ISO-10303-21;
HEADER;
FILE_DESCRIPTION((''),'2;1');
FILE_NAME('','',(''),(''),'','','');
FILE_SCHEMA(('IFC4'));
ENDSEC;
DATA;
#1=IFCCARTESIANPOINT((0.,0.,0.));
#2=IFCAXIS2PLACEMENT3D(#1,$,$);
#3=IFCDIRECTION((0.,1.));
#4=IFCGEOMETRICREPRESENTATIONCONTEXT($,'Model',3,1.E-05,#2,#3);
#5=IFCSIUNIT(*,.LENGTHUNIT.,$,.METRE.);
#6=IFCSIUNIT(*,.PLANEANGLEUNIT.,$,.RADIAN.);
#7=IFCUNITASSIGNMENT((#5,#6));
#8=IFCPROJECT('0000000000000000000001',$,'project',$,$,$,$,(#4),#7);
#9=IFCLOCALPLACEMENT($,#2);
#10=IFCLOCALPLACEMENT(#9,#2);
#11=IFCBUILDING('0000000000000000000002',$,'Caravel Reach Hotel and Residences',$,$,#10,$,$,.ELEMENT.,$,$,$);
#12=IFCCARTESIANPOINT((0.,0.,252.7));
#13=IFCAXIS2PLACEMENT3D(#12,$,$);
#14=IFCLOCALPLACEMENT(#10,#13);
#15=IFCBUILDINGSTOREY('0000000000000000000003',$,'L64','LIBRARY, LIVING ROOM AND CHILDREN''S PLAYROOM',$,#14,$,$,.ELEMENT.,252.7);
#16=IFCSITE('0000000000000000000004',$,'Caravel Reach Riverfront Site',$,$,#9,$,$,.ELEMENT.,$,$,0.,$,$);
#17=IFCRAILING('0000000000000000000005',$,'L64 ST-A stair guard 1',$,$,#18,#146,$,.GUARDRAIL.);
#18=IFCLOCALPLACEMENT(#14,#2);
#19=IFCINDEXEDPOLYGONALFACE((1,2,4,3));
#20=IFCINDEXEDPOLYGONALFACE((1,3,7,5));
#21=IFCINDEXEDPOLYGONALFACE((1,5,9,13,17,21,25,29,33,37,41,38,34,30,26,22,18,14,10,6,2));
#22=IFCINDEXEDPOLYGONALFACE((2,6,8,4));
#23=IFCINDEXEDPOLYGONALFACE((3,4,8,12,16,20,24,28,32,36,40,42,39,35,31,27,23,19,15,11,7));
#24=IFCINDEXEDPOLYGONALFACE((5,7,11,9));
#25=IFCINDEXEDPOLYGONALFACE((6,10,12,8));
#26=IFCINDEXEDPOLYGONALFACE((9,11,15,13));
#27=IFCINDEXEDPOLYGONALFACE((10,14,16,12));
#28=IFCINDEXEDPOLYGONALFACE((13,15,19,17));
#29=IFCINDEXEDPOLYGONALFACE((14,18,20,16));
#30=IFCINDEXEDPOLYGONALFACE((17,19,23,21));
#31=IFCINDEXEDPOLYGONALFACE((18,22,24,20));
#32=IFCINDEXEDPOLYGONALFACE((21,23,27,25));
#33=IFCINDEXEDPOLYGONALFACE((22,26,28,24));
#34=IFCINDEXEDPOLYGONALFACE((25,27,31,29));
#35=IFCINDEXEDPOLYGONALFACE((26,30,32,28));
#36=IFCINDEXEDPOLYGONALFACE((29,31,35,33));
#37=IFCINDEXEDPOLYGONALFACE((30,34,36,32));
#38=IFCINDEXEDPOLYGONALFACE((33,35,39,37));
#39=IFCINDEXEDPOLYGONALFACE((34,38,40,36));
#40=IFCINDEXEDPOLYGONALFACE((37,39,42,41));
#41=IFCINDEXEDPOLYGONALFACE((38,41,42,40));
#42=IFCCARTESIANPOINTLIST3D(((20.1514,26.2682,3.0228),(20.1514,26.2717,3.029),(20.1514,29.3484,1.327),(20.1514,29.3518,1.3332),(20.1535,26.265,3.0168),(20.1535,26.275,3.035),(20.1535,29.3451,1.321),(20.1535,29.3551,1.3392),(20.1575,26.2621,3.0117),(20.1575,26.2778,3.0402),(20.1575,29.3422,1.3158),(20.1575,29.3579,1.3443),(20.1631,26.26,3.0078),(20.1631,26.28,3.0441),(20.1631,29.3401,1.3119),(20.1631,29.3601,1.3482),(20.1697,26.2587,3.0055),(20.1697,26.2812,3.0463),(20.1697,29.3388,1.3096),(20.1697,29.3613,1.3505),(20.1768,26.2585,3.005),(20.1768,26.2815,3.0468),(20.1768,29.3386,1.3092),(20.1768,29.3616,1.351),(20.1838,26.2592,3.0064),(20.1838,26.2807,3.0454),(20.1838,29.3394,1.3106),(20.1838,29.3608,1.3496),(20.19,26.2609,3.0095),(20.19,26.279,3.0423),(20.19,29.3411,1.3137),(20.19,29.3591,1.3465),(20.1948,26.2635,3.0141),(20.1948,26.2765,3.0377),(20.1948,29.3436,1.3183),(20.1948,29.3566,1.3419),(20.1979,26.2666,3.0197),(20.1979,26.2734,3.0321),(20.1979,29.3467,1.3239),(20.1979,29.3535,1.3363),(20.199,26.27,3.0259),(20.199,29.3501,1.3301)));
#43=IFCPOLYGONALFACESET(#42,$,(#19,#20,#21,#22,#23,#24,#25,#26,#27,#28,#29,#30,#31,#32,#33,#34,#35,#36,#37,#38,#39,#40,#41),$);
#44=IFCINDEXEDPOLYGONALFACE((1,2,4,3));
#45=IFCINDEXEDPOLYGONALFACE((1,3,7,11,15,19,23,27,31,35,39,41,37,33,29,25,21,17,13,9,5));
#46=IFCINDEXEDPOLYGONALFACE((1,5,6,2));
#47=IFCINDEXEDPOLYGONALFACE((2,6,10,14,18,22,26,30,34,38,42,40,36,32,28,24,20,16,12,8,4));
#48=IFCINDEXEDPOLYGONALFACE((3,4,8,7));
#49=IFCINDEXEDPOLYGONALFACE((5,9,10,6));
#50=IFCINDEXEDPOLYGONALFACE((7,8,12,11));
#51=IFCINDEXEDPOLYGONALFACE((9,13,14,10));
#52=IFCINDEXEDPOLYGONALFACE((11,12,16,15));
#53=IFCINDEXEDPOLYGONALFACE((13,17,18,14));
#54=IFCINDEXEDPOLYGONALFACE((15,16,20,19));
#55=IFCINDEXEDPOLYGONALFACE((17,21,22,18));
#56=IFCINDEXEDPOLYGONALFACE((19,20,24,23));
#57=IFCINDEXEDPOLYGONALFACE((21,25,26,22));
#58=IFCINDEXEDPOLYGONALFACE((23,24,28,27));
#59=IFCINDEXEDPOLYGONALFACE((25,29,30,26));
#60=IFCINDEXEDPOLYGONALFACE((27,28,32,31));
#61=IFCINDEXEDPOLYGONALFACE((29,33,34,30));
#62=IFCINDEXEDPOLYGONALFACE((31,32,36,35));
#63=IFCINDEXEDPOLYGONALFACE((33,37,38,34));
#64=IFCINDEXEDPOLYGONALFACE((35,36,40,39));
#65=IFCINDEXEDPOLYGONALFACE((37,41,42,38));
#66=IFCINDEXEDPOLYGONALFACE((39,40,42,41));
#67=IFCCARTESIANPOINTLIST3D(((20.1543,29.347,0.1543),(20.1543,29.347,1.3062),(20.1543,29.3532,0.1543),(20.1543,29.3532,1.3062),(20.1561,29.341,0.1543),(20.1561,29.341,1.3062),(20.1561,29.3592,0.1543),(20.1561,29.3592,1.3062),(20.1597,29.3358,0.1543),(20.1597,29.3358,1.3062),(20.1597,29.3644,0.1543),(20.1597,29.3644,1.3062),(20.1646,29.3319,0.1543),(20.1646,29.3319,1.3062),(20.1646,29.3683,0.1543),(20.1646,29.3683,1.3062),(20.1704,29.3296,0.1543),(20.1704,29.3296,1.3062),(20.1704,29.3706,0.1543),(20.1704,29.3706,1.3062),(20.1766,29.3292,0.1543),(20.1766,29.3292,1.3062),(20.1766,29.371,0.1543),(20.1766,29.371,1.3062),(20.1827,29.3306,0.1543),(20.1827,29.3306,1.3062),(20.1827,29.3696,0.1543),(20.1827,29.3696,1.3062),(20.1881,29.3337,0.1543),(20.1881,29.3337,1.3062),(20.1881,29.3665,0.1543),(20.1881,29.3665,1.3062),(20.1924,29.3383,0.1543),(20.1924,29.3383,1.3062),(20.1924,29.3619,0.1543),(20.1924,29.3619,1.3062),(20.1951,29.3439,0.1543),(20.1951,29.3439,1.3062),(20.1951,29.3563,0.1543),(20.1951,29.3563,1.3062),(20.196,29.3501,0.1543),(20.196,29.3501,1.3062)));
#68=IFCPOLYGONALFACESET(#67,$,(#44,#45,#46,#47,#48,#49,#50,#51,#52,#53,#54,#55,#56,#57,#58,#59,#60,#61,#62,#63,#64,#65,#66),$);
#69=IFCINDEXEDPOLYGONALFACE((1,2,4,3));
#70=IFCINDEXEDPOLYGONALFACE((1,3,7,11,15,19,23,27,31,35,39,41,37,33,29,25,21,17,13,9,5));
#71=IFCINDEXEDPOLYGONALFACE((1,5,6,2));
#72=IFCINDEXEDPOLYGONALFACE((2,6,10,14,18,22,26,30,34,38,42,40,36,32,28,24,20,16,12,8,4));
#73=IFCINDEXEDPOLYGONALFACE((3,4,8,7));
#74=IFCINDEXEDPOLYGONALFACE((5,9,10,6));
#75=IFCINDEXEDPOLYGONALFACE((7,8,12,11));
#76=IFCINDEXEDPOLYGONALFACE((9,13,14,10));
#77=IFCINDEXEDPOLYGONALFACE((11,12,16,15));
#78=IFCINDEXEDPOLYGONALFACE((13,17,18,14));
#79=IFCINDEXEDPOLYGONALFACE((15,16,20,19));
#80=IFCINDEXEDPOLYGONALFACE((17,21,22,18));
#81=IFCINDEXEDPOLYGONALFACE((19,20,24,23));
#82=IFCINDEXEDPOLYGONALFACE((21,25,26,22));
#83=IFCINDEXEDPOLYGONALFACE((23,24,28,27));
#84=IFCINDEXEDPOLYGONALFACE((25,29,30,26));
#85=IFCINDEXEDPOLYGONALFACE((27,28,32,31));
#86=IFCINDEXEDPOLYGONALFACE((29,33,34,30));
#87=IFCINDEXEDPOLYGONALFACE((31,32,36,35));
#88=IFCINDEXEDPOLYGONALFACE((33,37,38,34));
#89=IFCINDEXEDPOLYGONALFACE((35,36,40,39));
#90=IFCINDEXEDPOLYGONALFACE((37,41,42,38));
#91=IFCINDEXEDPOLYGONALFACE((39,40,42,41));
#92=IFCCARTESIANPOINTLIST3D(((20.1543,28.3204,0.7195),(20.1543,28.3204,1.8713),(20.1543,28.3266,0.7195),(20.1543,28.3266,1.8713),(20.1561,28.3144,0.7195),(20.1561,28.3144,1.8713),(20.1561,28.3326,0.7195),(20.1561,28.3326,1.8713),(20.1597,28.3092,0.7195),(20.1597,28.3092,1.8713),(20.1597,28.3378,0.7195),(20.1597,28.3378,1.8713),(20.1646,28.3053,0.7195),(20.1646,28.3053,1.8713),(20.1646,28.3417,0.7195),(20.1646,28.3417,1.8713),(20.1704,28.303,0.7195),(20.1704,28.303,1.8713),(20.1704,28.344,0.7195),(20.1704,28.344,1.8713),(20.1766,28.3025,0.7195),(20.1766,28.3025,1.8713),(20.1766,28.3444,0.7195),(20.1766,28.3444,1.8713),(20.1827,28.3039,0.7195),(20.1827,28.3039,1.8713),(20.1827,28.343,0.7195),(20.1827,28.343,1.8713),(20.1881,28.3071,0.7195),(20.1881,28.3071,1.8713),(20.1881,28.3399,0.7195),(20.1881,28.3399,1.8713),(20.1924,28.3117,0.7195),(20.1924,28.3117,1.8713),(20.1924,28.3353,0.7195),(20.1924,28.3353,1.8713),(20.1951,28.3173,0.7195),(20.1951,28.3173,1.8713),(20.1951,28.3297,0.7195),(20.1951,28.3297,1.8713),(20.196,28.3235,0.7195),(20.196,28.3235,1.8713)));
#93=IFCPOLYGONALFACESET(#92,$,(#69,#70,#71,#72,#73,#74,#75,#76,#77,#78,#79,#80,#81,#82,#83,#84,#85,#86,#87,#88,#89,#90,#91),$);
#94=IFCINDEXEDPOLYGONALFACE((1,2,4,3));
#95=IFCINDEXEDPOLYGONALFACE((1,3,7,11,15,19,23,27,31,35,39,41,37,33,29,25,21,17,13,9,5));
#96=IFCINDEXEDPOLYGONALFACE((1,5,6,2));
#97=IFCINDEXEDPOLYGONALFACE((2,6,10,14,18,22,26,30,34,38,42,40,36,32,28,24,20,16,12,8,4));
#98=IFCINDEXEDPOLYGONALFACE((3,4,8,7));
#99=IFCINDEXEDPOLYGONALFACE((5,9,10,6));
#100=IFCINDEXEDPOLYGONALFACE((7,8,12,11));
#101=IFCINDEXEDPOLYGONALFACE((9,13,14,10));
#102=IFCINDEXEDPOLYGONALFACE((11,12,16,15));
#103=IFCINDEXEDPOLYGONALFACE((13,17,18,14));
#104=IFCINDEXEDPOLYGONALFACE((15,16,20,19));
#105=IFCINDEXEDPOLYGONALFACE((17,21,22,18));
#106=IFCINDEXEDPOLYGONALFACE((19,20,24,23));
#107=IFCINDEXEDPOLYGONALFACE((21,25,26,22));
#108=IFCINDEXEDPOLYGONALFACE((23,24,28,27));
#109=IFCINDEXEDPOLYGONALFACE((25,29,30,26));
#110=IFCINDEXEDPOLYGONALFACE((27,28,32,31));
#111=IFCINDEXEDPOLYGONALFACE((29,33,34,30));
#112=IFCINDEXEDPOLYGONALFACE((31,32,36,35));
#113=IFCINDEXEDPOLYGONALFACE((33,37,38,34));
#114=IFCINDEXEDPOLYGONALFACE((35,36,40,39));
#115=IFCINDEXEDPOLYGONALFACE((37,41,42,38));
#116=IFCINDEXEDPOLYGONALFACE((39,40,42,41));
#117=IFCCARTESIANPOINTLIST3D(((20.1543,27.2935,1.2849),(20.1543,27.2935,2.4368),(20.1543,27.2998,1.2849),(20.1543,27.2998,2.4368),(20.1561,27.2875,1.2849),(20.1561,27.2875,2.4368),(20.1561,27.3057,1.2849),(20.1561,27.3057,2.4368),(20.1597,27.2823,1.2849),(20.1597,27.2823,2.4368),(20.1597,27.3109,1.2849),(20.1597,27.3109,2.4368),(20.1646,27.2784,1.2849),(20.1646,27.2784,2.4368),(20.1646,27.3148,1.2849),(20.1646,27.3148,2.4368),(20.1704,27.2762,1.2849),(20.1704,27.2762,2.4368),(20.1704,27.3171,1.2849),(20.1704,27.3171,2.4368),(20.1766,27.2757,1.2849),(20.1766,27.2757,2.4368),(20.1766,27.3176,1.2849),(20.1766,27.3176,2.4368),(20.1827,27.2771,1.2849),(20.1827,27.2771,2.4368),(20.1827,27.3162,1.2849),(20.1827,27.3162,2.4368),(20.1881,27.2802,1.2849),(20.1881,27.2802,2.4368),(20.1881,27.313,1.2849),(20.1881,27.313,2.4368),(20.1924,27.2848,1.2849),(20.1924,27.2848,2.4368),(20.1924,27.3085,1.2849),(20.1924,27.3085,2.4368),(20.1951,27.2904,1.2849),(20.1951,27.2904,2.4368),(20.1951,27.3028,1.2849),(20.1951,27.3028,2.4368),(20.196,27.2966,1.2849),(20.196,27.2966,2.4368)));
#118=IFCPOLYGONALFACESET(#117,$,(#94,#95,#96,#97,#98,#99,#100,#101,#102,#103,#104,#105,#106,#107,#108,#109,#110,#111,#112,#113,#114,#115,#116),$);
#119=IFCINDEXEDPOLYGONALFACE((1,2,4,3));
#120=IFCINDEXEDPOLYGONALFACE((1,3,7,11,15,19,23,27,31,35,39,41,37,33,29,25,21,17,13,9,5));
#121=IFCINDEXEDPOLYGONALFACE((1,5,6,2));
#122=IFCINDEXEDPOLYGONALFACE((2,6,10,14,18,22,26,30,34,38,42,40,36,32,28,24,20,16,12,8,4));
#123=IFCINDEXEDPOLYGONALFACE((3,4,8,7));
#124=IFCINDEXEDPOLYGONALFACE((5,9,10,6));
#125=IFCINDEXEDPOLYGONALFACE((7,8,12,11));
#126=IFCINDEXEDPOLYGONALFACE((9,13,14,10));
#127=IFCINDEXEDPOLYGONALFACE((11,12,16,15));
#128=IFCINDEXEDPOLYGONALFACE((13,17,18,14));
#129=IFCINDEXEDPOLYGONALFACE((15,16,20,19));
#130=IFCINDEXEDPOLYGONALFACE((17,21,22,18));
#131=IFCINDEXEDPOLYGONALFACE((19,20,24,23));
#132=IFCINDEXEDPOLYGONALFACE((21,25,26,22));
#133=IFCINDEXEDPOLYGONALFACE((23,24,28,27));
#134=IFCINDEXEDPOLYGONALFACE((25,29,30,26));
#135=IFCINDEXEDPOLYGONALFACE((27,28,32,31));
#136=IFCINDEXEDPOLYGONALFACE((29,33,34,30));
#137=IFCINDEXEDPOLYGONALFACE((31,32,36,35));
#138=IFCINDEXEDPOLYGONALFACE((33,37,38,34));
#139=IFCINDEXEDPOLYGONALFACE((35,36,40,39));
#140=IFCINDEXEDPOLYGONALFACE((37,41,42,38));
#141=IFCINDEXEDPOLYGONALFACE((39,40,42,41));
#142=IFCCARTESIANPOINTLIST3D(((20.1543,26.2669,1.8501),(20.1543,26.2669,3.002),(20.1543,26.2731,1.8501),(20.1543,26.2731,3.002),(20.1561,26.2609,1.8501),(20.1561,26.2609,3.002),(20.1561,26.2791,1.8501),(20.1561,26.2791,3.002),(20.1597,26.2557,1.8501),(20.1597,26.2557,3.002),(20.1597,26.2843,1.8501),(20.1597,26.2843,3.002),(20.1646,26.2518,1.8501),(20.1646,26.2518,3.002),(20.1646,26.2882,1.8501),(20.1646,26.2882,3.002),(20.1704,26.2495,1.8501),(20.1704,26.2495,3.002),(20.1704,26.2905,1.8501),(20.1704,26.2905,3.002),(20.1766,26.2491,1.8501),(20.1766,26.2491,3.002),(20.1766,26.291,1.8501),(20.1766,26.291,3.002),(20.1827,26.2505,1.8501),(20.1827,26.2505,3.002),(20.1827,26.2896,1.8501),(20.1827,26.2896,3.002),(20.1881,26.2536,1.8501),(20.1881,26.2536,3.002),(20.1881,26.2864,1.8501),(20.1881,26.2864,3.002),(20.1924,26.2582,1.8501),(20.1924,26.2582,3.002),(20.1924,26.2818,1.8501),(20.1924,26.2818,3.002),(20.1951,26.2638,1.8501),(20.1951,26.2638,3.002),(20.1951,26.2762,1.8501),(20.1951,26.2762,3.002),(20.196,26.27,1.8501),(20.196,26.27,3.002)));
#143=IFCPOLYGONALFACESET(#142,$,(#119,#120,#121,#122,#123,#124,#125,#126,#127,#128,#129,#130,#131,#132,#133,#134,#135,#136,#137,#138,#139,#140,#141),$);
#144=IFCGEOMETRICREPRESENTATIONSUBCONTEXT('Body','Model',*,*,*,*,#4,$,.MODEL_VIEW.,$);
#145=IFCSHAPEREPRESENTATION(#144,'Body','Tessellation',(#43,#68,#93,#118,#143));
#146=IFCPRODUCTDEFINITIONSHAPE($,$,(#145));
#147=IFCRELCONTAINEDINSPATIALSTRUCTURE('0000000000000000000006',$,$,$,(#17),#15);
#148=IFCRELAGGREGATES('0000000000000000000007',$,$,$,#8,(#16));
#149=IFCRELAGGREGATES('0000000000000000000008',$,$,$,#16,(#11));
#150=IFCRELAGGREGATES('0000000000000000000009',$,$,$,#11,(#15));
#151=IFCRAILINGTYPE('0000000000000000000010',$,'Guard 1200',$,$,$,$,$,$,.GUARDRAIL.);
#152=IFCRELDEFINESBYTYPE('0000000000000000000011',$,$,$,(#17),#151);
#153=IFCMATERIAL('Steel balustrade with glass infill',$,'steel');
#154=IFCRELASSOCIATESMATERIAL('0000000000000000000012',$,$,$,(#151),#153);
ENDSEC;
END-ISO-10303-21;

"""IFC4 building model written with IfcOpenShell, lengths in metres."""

from ifc_helpers import new_model, si_unit, direction, frame, origin, origin_2d, place, context, subcontext, project, spatial, circle, extrude, material, type_object, element, save


model = new_model("IFC4")

# Units and contexts
model_context = context("Model", 3, precision=1e-05, world=origin(), true_north=direction((0.0, 1.0)))
body_context = subcontext(model_context, "Body", "Model", "MODEL_VIEW")
ifc_project = project(units=[si_unit("LENGTHUNIT", "METRE"), si_unit("PLANEANGLEUNIT", "RADIAN")], contexts=[model_context])

# Site, building, storey
site_placement = place(None, origin())
site = spatial("IfcSite", under=ifc_project, at=site_placement, Name="Caravel Reach Riverfront Site", CompositionType="ELEMENT", RefElevation=0.0)
building_placement = place(site_placement, origin())
building = spatial("IfcBuilding", under=site, at=building_placement, Name="Caravel Reach Hotel and Residences", CompositionType="ELEMENT")
storey_placement = place(building_placement, frame((0.0, 0.0, 252.7)))
storey = spatial("IfcBuildingStorey", under=building, at=storey_placement, Name="L64", Description="LIBRARY, LIVING ROOM AND CHILDREN'S PLAYROOM", CompositionType="ELEMENT", Elevation=252.7)

# Railing
ifc_material_1 = material(Name="Steel balustrade with glass infill", Category="steel")
railing_type_1 = type_object("IfcRailingType", Name="Guard 1200", PredefinedType="GUARDRAIL", material=ifc_material_1)
railing_1_placement = place(storey_placement, frame((20.175, 29.3501, 0.1543)))
element("IfcRailing", 1, at=railing_1_placement, inside=storey, type_object=railing_type_1, Name="L64 ST-A stair guard 1", PredefinedType="GUARDRAIL", context=body_context, shape_type="SweptSolid", body=[
    extrude(circle(Radius=0.0239, at=origin_2d()), frame((0.0, 0.0, 1.1758), z_axis=(0.0, -0.876005, 0.482303), x_axis=(1.0, 0.0, 0.0)), (0.0, 0.0, 1.0), 3.5161),
    extrude(circle(Radius=0.021, at=origin_2d()), origin(), (0.0, 0.0, 1.0), 1.1519),
    extrude(circle(Radius=0.021, at=origin_2d()), frame((0.0, -1.0266, 0.5652)), (0.0, 0.0, 1.0), 1.1519),
    extrude(circle(Radius=0.021, at=origin_2d()), frame((0.0, -2.0535, 1.1306)), (0.0, 0.0, 1.0), 1.1519),
    extrude(circle(Radius=0.021, at=origin_2d()), frame((0.0, -3.0801, 1.6958)), (0.0, 0.0, 1.0), 1.1519),
])

save(model, "model.ifc")
